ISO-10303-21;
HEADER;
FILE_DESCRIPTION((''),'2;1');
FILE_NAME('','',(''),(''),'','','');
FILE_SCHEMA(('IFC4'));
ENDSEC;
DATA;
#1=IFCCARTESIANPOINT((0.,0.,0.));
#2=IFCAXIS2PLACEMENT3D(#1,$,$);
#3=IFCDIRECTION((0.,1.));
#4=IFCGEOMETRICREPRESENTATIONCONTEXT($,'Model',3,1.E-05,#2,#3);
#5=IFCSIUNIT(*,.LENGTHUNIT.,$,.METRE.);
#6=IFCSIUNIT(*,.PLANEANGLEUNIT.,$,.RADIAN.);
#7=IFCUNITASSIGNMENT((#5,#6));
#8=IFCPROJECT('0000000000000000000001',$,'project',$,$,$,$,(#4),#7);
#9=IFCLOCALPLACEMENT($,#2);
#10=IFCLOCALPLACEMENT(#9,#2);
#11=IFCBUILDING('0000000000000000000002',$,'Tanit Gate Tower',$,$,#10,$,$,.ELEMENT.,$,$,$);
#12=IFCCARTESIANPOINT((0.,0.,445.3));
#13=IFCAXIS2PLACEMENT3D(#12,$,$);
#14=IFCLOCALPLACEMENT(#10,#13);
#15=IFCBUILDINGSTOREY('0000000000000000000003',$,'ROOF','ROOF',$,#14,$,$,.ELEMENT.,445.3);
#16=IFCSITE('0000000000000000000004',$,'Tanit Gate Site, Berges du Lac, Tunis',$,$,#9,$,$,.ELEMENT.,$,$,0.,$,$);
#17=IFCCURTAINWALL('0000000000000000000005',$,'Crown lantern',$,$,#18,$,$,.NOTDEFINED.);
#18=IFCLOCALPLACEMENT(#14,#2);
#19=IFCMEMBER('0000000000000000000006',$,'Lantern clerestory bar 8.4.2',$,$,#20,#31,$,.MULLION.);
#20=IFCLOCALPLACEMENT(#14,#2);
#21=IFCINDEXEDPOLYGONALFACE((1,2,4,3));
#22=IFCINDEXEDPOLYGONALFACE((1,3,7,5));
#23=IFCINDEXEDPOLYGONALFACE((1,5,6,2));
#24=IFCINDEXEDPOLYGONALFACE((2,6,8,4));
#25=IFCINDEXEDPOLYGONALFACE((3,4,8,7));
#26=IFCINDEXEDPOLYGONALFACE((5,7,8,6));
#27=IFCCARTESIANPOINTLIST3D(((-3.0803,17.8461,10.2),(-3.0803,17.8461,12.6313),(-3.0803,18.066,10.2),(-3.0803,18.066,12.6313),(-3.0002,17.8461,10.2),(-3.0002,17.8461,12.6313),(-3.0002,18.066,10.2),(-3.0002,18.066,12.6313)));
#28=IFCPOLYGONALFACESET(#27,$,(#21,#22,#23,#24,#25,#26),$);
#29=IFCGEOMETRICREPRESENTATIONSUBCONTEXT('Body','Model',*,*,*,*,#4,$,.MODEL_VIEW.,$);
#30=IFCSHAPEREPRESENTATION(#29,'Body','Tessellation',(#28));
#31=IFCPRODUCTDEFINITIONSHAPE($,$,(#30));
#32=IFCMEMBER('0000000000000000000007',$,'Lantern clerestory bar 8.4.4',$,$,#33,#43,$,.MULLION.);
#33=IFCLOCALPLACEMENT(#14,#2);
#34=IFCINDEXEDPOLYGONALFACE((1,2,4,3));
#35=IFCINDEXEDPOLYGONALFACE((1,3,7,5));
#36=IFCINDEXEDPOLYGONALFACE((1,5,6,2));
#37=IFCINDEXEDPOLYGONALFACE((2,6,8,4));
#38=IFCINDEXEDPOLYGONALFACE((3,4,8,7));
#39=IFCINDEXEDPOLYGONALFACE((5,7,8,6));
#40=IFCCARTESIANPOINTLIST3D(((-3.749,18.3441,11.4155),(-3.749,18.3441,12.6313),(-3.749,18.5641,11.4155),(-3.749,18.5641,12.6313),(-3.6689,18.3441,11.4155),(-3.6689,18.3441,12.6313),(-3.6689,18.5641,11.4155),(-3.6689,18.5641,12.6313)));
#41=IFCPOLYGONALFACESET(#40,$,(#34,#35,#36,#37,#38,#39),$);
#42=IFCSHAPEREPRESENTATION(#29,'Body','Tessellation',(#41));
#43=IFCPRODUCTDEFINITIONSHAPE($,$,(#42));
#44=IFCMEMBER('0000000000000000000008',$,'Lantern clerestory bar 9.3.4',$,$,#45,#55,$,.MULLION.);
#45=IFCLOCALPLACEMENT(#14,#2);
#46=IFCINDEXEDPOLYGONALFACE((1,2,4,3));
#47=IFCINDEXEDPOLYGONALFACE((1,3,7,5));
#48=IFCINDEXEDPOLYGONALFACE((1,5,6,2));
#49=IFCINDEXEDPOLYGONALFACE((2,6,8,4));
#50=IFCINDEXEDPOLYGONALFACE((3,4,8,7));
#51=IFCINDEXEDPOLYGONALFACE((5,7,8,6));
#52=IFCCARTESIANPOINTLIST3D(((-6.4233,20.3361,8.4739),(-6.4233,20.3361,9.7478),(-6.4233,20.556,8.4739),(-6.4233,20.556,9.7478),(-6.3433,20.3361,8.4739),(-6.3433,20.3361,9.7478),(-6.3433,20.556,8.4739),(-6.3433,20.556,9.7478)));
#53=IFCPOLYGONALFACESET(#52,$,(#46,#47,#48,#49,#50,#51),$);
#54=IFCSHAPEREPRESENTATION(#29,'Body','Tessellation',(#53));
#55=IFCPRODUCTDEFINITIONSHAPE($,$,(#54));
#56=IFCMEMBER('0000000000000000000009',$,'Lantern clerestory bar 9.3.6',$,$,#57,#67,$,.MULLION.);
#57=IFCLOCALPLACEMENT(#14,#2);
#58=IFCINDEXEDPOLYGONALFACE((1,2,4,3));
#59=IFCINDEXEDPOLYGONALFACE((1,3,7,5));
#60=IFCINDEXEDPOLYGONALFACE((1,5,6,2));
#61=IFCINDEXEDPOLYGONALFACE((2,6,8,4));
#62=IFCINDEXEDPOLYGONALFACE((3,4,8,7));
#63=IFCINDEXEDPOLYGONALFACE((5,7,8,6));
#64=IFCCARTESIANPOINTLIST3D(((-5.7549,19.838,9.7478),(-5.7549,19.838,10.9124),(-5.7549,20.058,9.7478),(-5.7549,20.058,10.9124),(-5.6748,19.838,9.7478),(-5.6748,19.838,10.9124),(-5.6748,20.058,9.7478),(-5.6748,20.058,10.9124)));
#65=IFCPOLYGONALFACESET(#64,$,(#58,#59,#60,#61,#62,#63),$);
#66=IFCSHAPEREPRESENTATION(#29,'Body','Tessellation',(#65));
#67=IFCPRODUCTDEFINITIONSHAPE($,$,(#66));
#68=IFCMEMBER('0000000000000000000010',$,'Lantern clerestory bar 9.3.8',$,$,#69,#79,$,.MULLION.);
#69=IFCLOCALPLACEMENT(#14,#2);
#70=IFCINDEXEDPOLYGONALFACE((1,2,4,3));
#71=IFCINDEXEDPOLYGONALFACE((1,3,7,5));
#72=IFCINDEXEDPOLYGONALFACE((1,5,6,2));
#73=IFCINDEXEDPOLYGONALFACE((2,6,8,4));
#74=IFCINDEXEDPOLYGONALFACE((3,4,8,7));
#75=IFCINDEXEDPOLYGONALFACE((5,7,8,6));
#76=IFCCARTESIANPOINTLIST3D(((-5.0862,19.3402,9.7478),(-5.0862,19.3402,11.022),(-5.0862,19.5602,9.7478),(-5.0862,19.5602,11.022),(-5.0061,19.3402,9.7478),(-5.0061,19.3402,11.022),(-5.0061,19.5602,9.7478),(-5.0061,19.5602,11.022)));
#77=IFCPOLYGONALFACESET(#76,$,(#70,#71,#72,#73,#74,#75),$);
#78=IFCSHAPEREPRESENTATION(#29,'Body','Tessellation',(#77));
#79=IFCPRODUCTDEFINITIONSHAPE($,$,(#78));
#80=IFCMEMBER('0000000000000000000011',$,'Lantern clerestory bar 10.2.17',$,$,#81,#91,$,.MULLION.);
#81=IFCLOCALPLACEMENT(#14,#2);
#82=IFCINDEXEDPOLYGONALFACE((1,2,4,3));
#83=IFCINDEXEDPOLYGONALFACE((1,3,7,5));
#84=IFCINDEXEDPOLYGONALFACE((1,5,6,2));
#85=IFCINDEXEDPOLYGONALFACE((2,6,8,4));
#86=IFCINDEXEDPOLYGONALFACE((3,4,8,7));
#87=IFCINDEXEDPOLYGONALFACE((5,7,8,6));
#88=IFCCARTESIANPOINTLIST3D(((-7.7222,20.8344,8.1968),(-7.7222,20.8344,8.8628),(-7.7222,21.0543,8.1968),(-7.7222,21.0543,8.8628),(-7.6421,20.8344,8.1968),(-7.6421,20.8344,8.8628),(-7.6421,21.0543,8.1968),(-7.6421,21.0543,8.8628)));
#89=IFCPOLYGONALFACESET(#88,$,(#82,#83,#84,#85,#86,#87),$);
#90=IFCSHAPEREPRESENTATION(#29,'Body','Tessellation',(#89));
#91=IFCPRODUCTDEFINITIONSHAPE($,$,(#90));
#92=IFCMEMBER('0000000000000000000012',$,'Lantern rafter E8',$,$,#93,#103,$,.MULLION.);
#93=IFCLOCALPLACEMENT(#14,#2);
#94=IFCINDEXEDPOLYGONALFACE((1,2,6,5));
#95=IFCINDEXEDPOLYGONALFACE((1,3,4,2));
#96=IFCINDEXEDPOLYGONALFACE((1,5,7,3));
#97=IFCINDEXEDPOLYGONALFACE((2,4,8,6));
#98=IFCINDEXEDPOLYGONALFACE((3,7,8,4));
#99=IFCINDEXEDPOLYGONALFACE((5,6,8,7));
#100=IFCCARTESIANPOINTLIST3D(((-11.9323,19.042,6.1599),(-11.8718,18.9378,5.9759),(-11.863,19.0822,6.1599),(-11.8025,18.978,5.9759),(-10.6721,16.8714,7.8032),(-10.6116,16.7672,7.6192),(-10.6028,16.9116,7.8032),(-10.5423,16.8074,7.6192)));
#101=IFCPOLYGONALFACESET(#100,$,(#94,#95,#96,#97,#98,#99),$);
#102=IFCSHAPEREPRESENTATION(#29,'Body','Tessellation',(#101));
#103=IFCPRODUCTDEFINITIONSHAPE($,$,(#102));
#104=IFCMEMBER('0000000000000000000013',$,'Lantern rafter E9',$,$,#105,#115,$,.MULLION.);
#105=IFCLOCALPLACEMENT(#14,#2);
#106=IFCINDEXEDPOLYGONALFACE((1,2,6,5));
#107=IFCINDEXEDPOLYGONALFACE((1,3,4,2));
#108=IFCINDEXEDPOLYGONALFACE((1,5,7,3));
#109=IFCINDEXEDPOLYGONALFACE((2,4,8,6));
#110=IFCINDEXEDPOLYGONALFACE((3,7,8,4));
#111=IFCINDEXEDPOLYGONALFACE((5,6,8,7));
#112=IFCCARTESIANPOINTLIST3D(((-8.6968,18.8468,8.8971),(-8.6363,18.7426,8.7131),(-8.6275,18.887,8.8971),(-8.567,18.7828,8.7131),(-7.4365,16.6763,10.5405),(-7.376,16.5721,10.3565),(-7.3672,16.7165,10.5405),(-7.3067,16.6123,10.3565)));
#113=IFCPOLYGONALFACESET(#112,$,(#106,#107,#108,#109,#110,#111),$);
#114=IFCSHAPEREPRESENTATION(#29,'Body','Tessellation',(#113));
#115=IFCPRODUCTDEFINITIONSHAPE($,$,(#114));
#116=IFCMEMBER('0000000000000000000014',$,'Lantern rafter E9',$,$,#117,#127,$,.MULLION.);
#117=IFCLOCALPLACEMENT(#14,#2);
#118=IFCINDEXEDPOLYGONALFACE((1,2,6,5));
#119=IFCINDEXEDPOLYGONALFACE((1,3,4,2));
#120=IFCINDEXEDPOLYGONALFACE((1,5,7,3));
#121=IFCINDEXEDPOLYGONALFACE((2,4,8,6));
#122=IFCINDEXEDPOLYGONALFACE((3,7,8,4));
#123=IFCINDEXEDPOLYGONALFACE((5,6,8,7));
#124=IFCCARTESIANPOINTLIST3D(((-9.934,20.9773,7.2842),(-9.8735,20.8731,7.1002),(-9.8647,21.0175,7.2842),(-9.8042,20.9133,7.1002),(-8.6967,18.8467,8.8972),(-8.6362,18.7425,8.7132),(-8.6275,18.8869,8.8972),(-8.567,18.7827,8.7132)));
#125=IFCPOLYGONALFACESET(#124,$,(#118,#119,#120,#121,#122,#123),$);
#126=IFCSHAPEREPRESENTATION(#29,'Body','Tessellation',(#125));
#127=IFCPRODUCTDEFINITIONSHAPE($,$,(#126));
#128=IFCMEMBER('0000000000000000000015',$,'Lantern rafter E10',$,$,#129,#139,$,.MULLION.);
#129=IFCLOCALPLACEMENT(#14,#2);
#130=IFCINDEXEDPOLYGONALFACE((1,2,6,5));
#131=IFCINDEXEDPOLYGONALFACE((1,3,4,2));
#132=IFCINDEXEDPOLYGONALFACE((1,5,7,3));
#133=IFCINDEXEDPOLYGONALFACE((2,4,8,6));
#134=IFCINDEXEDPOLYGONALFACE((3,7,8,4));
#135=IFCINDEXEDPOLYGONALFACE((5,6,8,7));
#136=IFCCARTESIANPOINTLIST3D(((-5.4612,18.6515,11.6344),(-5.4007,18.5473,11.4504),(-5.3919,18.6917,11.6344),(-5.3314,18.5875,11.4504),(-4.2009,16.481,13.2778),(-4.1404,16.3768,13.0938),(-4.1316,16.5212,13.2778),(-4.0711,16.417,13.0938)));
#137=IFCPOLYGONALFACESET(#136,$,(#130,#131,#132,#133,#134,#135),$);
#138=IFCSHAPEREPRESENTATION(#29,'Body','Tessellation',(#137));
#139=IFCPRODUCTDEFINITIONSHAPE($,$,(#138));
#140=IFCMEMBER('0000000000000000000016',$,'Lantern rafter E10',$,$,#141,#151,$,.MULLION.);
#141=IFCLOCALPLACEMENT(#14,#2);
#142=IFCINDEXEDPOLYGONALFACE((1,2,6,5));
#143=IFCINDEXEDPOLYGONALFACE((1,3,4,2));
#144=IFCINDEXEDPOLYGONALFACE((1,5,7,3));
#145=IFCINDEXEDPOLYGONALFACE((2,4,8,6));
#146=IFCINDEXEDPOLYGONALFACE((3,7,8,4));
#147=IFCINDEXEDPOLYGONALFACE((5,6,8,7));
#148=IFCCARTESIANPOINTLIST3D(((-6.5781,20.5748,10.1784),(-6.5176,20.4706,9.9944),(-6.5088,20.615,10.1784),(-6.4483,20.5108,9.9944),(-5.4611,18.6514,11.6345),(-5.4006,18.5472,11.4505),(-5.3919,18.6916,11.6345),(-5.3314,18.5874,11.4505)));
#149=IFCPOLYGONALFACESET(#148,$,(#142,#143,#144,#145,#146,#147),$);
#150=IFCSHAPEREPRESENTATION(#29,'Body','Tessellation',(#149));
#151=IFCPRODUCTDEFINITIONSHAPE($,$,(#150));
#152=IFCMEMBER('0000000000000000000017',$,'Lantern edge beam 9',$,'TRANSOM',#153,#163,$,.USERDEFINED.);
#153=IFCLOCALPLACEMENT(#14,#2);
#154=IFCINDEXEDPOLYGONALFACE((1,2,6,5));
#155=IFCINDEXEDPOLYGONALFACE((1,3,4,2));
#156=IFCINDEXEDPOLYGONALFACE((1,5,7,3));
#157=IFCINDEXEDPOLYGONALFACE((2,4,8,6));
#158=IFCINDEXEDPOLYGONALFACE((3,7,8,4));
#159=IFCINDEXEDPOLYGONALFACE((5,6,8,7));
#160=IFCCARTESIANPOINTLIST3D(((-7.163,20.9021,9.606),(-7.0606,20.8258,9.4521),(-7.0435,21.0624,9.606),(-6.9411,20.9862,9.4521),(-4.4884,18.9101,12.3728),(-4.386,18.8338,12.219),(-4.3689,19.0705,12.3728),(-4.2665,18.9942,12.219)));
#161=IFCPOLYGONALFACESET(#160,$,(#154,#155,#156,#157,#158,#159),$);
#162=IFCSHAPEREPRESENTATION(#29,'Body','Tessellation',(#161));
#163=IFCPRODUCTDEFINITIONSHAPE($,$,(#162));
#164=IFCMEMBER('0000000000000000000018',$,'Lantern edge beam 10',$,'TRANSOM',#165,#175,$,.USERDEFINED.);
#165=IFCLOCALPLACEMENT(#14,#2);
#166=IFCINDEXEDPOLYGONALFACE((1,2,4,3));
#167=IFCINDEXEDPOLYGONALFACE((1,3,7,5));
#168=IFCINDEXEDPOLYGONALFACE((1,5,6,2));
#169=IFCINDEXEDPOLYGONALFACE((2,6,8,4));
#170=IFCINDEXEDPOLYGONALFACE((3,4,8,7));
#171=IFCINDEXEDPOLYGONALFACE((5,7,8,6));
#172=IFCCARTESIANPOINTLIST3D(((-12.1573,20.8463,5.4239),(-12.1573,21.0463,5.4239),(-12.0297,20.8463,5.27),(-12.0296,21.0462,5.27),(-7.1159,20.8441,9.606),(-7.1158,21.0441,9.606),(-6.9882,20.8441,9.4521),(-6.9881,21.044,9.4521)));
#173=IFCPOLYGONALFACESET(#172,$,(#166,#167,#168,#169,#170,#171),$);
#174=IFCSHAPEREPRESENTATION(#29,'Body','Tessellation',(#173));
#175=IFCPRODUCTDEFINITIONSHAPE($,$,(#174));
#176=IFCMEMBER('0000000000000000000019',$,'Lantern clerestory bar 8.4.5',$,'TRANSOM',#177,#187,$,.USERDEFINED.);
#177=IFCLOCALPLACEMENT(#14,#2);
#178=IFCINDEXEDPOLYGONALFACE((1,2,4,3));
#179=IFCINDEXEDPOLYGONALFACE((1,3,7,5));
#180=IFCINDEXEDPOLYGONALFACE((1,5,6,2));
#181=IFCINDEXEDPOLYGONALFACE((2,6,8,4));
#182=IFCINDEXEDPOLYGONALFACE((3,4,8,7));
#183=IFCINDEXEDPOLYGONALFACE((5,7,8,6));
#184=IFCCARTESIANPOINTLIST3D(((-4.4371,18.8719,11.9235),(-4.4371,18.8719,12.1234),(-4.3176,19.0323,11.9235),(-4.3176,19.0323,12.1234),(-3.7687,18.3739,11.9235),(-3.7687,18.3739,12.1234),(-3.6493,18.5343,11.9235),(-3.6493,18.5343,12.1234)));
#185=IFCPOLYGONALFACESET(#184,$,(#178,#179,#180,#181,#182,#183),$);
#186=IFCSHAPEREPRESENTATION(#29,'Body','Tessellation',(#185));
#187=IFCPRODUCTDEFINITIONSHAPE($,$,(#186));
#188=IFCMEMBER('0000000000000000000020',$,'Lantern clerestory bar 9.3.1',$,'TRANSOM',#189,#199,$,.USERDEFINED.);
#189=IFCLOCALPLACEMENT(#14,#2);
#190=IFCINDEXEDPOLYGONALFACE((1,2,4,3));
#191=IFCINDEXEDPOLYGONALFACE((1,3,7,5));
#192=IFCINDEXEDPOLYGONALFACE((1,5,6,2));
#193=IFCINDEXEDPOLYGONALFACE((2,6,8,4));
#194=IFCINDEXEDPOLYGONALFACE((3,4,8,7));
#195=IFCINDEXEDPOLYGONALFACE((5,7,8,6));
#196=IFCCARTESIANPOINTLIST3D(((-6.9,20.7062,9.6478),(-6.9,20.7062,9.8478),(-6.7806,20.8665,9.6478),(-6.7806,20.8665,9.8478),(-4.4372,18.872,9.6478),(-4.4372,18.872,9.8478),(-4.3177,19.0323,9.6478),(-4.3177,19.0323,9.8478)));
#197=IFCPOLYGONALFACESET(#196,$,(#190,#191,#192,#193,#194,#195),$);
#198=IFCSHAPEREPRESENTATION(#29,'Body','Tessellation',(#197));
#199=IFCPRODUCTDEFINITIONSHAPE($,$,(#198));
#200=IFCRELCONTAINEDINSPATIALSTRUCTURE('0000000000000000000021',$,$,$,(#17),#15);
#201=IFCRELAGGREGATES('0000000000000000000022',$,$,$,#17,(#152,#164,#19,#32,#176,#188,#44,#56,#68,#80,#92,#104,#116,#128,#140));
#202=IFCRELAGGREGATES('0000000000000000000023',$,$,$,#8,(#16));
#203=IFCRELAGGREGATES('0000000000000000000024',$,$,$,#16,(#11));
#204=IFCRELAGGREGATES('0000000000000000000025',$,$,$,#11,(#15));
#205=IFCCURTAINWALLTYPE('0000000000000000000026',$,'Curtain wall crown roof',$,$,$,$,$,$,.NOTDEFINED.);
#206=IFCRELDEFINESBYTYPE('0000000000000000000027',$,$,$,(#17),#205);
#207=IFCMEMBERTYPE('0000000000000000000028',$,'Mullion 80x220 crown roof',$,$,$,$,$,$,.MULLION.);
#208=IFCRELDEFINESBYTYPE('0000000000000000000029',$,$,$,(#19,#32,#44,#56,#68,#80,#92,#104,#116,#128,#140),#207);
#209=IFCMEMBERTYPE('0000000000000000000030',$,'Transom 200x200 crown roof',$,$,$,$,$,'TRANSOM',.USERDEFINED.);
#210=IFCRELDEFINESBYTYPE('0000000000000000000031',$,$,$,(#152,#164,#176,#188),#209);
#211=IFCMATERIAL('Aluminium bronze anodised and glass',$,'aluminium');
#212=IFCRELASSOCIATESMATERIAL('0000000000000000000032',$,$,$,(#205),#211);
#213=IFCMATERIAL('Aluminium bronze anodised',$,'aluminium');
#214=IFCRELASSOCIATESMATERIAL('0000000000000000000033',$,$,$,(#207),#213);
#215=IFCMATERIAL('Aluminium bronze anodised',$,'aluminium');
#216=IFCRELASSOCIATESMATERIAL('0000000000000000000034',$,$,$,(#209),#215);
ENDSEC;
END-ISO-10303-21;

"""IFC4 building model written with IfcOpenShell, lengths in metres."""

from ifc_helpers import new_model, si_unit, direction, frame, origin, origin_2d, place, context, subcontext, project, spatial, rectangle, extrude, material, material_profile, profile_set, type_object, element, aggregate, save


model = new_model("IFC4")

# Units and contexts
model_context = context("Model", 3, precision=1e-05, world=origin(), true_north=direction((0.0, 1.0)))
body_context = subcontext(model_context, "Body", "Model", "MODEL_VIEW")
ifc_project = project(units=[si_unit("LENGTHUNIT", "METRE"), si_unit("PLANEANGLEUNIT", "RADIAN")], contexts=[model_context])

# Site, building, storey
site_placement = place(None, origin())
site = spatial("IfcSite", under=ifc_project, at=site_placement, Name="Tanit Gate Site, Berges du Lac, Tunis", CompositionType="ELEMENT", RefElevation=0.0)
building_placement = place(site_placement, origin())
building = spatial("IfcBuilding", under=site, at=building_placement, Name="Tanit Gate Tower", CompositionType="ELEMENT")
storey_placement = place(building_placement, frame((0.0, 0.0, 445.3)))
storey = spatial("IfcBuildingStorey", under=building, at=storey_placement, Name="ROOF", Description="ROOF", CompositionType="ELEMENT", Elevation=445.3)

# Curtain wall, members
ifc_material_1 = material(Name="Aluminium bronze anodised and glass", Category="aluminium")
curtain_wall_type = type_object("IfcCurtainWallType", Name="Curtain wall crown roof", PredefinedType="NOTDEFINED", material=ifc_material_1)
curtain_wall_placement = place(storey_placement, origin())
curtain_wall = element("IfcCurtainWall", 1, at=curtain_wall_placement, inside=storey, type_object=curtain_wall_type, Name="Crown lantern", PredefinedType="NOTDEFINED")
ifc_material_2 = material(Name="Aluminium bronze anodised", Category="aluminium")
ifc_material_profile_1 = material_profile(ifc_material_2, rectangle(XDim=0.0801, YDim=0.22, at=origin_2d()), Name="80x220 bronze rafter")
ifc_profile_set_1 = profile_set([ifc_material_profile_1], Name="Aluminium bronze anodised")
member_type_1 = type_object("IfcMemberType", Name="Mullion 80x220 crown roof", PredefinedType="MULLION", material=ifc_profile_set_1)
member_1_placement = place(storey_placement, frame((-3.0403, 17.9561, 10.2), z_axis=(0.0, 0.0, 1.0), x_axis=(1.0, 0.0, 0.0)))
member_1 = element("IfcMember", 2, at=member_1_placement, type_object=member_type_1, Name="Lantern clerestory bar 8.4.2", PredefinedType="MULLION", context=body_context, shape_type="SweptSolid", body=[
    extrude(rectangle(XDim=0.0801, YDim=0.22, at=origin_2d()), origin(), (0.0, 0.0, 1.0), 2.4314),
])
member_2_placement = place(storey_placement, frame((-3.709, 18.4541, 11.4155), z_axis=(0.0, 0.0, 1.0), x_axis=(1.0, 0.0, 0.0)))
member_2 = element("IfcMember", 3, at=member_2_placement, type_object=member_type_1, Name="Lantern clerestory bar 8.4.4", PredefinedType="MULLION", context=body_context, shape_type="SweptSolid", body=[
    extrude(rectangle(XDim=0.0801, YDim=0.22, at=origin_2d()), origin(), (0.0, 0.0, 1.0), 1.2158),
])
member_3_placement = place(storey_placement, frame((-6.3833, 20.446, 8.4739), z_axis=(0.0, 0.0, 1.0), x_axis=(1.0, 0.0, 0.0)))
member_3 = element("IfcMember", 4, at=member_3_placement, type_object=member_type_1, Name="Lantern clerestory bar 9.3.4", PredefinedType="MULLION", context=body_context, shape_type="SweptSolid", body=[
    extrude(rectangle(XDim=0.0801, YDim=0.22, at=origin_2d()), origin(), (0.0, 0.0, 1.0), 1.2739),
])
member_4_placement = place(storey_placement, frame((-5.7148, 19.948, 9.7478), z_axis=(0.0, 0.0, 1.0), x_axis=(1.0, 0.0, 0.0)))
member_4 = element("IfcMember", 5, at=member_4_placement, type_object=member_type_1, Name="Lantern clerestory bar 9.3.6", PredefinedType="MULLION", context=body_context, shape_type="SweptSolid", body=[
    extrude(rectangle(XDim=0.0801, YDim=0.22, at=origin_2d()), origin(), (0.0, 0.0, 1.0), 1.1646),
])
member_5_placement = place(storey_placement, frame((-5.0461, 19.4502, 9.7478), z_axis=(0.0, 0.0, 1.0), x_axis=(1.0, 0.0, 0.0)))
member_5 = element("IfcMember", 6, at=member_5_placement, type_object=member_type_1, Name="Lantern clerestory bar 9.3.8", PredefinedType="MULLION", context=body_context, shape_type="SweptSolid", body=[
    extrude(rectangle(XDim=0.0801, YDim=0.22, at=origin_2d()), origin(), (0.0, 0.0, 1.0), 1.2742),
])
member_6_placement = place(storey_placement, frame((-7.6821, 20.9443, 8.1968), z_axis=(0.0, 0.0, 1.0), x_axis=(1.0, 0.0, 0.0)))
member_6 = element("IfcMember", 7, at=member_6_placement, type_object=member_type_1, Name="Lantern clerestory bar 10.2.17", PredefinedType="MULLION", context=body_context, shape_type="SweptSolid", body=[
    extrude(rectangle(XDim=0.0801, YDim=0.22, at=origin_2d()), origin(), (0.0, 0.0, 1.0), 0.666),
])
member_7_placement = place(storey_placement, frame((-10.6072, 16.8394, 7.7112), z_axis=(-0.420074, 0.723533, -0.547757), x_axis=(-0.864811, -0.502098, 0.0)))
member_7 = element("IfcMember", 8, at=member_7_placement, type_object=member_type_1, Name="Lantern rafter E8", PredefinedType="MULLION", context=body_context, shape_type="SweptSolid", body=[
    extrude(rectangle(XDim=0.0801, YDim=0.22, at=origin_2d()), origin(), (0.0, 0.0, 1.0), 3.0),
])
member_8_placement = place(storey_placement, frame((-7.3716, 16.6443, 10.4485), z_axis=(-0.420099, 0.723495, -0.547789), x_axis=(-0.864786, -0.50214, 0.0)))
member_8 = element("IfcMember", 9, at=member_8_placement, type_object=member_type_1, Name="Lantern rafter E9", PredefinedType="MULLION", context=body_context, shape_type="SweptSolid", body=[
    extrude(rectangle(XDim=0.0801, YDim=0.22, at=origin_2d()), origin(), (0.0, 0.0, 1.0), 3.0),
])
member_9_placement = place(storey_placement, frame((-8.6318, 18.8147, 8.8052), z_axis=(-0.420154, 0.723498, -0.547742), x_axis=(-0.864758, -0.502188, 0.0)))
member_9 = element("IfcMember", 10, at=member_9_placement, type_object=member_type_1, Name="Lantern rafter E9", PredefinedType="MULLION", context=body_context, shape_type="SweptSolid", body=[
    extrude(rectangle(XDim=0.0801, YDim=0.22, at=origin_2d()), origin(), (0.0, 0.0, 1.0), 2.9448),
])
member_10_placement = place(storey_placement, frame((-4.136, 16.449, 13.1858), z_axis=(-0.420099, 0.723495, -0.547789), x_axis=(-0.864786, -0.50214, 0.0)))
member_10 = element("IfcMember", 11, at=member_10_placement, type_object=member_type_1, Name="Lantern rafter E10", PredefinedType="MULLION", context=body_context, shape_type="SweptSolid", body=[
    extrude(rectangle(XDim=0.0801, YDim=0.22, at=origin_2d()), origin(), (0.0, 0.0, 1.0), 3.0),
])
member_11_placement = place(storey_placement, frame((-5.3962, 18.6194, 11.5425), z_axis=(-0.420162, 0.723505, -0.547726), x_axis=(-0.864757, -0.502191, 0.0)))
member_11 = element("IfcMember", 12, at=member_11_placement, type_object=member_type_1, Name="Lantern rafter E10", PredefinedType="MULLION", context=body_context, shape_type="SweptSolid", body=[
    extrude(rectangle(XDim=0.0801, YDim=0.22, at=origin_2d()), origin(), (0.0, 0.0, 1.0), 2.6584),
])
ifc_material_3 = material(Name="Aluminium bronze anodised", Category="aluminium")
ifc_material_profile_2 = material_profile(ifc_material_3, rectangle(XDim=0.2, YDim=0.2, at=origin_2d()), Name="200x200 bronze transom")
ifc_profile_set_2 = profile_set([ifc_material_profile_2], Name="Aluminium bronze anodised")
member_type_2 = type_object("IfcMemberType", Name="Transom 200x200 crown roof", ElementType="TRANSOM", PredefinedType="USERDEFINED", material=ifc_profile_set_2)
member_12_placement = place(storey_placement, frame((-4.3774, 18.9521, 12.2959), z_axis=(-0.617226, 0.459694, -0.638524), x_axis=(-0.597314, -0.802007, 0.0)))
member_12 = element("IfcMember", 13, at=member_12_placement, type_object=member_type_2, Name="Lantern edge beam 9", ObjectType="TRANSOM", PredefinedType="USERDEFINED", context=body_context, shape_type="SweptSolid", body=[
    extrude(rectangle(XDim=0.2, YDim=0.2, at=origin_2d()), origin(), (0.0, 0.0, 1.0), 4.3333),
])
member_13_placement = place(storey_placement, frame((-7.052, 20.9441, 9.5291), z_axis=(-0.769655, 0.000335, -0.63846), x_axis=(-0.000436, -1.0, 0.0)))
member_13 = element("IfcMember", 14, at=member_13_placement, type_object=member_type_2, Name="Lantern edge beam 10", ObjectType="TRANSOM", PredefinedType="USERDEFINED", context=body_context, shape_type="SweptSolid", body=[
    extrude(rectangle(XDim=0.2, YDim=0.2, at=origin_2d()), origin(), (0.0, 0.0, 1.0), 6.5503),
])
member_14_placement = place(storey_placement, frame((-3.709, 18.4541, 12.0234), z_axis=(-0.801894, 0.597467, 0.0), x_axis=(-0.597467, -0.801894, 0.0)))
member_14 = element("IfcMember", 15, at=member_14_placement, type_object=member_type_2, Name="Lantern clerestory bar 8.4.5", ObjectType="TRANSOM", PredefinedType="USERDEFINED", context=body_context, shape_type="SweptSolid", body=[
    extrude(rectangle(XDim=0.2, YDim=0.2, at=origin_2d()), origin(), (0.0, 0.0, 1.0), 0.8335),
])
member_15_placement = place(storey_placement, frame((-4.3774, 18.9521, 9.7478), z_axis=(-0.802018, 0.5973, 0.0), x_axis=(-0.5973, -0.802018, 0.0)))
member_15 = element("IfcMember", 16, at=member_15_placement, type_object=member_type_2, Name="Lantern clerestory bar 9.3.1", ObjectType="TRANSOM", PredefinedType="USERDEFINED", context=body_context, shape_type="SweptSolid", body=[
    extrude(rectangle(XDim=0.2, YDim=0.2, at=origin_2d()), origin(), (0.0, 0.0, 1.0), 3.0708),
])
aggregate(curtain_wall, [member_12, member_13, member_1, member_2, member_14, member_15, member_3, member_4, member_5, member_6, member_7, member_8, member_9, member_10, member_11])

save(model, "model.ifc")
